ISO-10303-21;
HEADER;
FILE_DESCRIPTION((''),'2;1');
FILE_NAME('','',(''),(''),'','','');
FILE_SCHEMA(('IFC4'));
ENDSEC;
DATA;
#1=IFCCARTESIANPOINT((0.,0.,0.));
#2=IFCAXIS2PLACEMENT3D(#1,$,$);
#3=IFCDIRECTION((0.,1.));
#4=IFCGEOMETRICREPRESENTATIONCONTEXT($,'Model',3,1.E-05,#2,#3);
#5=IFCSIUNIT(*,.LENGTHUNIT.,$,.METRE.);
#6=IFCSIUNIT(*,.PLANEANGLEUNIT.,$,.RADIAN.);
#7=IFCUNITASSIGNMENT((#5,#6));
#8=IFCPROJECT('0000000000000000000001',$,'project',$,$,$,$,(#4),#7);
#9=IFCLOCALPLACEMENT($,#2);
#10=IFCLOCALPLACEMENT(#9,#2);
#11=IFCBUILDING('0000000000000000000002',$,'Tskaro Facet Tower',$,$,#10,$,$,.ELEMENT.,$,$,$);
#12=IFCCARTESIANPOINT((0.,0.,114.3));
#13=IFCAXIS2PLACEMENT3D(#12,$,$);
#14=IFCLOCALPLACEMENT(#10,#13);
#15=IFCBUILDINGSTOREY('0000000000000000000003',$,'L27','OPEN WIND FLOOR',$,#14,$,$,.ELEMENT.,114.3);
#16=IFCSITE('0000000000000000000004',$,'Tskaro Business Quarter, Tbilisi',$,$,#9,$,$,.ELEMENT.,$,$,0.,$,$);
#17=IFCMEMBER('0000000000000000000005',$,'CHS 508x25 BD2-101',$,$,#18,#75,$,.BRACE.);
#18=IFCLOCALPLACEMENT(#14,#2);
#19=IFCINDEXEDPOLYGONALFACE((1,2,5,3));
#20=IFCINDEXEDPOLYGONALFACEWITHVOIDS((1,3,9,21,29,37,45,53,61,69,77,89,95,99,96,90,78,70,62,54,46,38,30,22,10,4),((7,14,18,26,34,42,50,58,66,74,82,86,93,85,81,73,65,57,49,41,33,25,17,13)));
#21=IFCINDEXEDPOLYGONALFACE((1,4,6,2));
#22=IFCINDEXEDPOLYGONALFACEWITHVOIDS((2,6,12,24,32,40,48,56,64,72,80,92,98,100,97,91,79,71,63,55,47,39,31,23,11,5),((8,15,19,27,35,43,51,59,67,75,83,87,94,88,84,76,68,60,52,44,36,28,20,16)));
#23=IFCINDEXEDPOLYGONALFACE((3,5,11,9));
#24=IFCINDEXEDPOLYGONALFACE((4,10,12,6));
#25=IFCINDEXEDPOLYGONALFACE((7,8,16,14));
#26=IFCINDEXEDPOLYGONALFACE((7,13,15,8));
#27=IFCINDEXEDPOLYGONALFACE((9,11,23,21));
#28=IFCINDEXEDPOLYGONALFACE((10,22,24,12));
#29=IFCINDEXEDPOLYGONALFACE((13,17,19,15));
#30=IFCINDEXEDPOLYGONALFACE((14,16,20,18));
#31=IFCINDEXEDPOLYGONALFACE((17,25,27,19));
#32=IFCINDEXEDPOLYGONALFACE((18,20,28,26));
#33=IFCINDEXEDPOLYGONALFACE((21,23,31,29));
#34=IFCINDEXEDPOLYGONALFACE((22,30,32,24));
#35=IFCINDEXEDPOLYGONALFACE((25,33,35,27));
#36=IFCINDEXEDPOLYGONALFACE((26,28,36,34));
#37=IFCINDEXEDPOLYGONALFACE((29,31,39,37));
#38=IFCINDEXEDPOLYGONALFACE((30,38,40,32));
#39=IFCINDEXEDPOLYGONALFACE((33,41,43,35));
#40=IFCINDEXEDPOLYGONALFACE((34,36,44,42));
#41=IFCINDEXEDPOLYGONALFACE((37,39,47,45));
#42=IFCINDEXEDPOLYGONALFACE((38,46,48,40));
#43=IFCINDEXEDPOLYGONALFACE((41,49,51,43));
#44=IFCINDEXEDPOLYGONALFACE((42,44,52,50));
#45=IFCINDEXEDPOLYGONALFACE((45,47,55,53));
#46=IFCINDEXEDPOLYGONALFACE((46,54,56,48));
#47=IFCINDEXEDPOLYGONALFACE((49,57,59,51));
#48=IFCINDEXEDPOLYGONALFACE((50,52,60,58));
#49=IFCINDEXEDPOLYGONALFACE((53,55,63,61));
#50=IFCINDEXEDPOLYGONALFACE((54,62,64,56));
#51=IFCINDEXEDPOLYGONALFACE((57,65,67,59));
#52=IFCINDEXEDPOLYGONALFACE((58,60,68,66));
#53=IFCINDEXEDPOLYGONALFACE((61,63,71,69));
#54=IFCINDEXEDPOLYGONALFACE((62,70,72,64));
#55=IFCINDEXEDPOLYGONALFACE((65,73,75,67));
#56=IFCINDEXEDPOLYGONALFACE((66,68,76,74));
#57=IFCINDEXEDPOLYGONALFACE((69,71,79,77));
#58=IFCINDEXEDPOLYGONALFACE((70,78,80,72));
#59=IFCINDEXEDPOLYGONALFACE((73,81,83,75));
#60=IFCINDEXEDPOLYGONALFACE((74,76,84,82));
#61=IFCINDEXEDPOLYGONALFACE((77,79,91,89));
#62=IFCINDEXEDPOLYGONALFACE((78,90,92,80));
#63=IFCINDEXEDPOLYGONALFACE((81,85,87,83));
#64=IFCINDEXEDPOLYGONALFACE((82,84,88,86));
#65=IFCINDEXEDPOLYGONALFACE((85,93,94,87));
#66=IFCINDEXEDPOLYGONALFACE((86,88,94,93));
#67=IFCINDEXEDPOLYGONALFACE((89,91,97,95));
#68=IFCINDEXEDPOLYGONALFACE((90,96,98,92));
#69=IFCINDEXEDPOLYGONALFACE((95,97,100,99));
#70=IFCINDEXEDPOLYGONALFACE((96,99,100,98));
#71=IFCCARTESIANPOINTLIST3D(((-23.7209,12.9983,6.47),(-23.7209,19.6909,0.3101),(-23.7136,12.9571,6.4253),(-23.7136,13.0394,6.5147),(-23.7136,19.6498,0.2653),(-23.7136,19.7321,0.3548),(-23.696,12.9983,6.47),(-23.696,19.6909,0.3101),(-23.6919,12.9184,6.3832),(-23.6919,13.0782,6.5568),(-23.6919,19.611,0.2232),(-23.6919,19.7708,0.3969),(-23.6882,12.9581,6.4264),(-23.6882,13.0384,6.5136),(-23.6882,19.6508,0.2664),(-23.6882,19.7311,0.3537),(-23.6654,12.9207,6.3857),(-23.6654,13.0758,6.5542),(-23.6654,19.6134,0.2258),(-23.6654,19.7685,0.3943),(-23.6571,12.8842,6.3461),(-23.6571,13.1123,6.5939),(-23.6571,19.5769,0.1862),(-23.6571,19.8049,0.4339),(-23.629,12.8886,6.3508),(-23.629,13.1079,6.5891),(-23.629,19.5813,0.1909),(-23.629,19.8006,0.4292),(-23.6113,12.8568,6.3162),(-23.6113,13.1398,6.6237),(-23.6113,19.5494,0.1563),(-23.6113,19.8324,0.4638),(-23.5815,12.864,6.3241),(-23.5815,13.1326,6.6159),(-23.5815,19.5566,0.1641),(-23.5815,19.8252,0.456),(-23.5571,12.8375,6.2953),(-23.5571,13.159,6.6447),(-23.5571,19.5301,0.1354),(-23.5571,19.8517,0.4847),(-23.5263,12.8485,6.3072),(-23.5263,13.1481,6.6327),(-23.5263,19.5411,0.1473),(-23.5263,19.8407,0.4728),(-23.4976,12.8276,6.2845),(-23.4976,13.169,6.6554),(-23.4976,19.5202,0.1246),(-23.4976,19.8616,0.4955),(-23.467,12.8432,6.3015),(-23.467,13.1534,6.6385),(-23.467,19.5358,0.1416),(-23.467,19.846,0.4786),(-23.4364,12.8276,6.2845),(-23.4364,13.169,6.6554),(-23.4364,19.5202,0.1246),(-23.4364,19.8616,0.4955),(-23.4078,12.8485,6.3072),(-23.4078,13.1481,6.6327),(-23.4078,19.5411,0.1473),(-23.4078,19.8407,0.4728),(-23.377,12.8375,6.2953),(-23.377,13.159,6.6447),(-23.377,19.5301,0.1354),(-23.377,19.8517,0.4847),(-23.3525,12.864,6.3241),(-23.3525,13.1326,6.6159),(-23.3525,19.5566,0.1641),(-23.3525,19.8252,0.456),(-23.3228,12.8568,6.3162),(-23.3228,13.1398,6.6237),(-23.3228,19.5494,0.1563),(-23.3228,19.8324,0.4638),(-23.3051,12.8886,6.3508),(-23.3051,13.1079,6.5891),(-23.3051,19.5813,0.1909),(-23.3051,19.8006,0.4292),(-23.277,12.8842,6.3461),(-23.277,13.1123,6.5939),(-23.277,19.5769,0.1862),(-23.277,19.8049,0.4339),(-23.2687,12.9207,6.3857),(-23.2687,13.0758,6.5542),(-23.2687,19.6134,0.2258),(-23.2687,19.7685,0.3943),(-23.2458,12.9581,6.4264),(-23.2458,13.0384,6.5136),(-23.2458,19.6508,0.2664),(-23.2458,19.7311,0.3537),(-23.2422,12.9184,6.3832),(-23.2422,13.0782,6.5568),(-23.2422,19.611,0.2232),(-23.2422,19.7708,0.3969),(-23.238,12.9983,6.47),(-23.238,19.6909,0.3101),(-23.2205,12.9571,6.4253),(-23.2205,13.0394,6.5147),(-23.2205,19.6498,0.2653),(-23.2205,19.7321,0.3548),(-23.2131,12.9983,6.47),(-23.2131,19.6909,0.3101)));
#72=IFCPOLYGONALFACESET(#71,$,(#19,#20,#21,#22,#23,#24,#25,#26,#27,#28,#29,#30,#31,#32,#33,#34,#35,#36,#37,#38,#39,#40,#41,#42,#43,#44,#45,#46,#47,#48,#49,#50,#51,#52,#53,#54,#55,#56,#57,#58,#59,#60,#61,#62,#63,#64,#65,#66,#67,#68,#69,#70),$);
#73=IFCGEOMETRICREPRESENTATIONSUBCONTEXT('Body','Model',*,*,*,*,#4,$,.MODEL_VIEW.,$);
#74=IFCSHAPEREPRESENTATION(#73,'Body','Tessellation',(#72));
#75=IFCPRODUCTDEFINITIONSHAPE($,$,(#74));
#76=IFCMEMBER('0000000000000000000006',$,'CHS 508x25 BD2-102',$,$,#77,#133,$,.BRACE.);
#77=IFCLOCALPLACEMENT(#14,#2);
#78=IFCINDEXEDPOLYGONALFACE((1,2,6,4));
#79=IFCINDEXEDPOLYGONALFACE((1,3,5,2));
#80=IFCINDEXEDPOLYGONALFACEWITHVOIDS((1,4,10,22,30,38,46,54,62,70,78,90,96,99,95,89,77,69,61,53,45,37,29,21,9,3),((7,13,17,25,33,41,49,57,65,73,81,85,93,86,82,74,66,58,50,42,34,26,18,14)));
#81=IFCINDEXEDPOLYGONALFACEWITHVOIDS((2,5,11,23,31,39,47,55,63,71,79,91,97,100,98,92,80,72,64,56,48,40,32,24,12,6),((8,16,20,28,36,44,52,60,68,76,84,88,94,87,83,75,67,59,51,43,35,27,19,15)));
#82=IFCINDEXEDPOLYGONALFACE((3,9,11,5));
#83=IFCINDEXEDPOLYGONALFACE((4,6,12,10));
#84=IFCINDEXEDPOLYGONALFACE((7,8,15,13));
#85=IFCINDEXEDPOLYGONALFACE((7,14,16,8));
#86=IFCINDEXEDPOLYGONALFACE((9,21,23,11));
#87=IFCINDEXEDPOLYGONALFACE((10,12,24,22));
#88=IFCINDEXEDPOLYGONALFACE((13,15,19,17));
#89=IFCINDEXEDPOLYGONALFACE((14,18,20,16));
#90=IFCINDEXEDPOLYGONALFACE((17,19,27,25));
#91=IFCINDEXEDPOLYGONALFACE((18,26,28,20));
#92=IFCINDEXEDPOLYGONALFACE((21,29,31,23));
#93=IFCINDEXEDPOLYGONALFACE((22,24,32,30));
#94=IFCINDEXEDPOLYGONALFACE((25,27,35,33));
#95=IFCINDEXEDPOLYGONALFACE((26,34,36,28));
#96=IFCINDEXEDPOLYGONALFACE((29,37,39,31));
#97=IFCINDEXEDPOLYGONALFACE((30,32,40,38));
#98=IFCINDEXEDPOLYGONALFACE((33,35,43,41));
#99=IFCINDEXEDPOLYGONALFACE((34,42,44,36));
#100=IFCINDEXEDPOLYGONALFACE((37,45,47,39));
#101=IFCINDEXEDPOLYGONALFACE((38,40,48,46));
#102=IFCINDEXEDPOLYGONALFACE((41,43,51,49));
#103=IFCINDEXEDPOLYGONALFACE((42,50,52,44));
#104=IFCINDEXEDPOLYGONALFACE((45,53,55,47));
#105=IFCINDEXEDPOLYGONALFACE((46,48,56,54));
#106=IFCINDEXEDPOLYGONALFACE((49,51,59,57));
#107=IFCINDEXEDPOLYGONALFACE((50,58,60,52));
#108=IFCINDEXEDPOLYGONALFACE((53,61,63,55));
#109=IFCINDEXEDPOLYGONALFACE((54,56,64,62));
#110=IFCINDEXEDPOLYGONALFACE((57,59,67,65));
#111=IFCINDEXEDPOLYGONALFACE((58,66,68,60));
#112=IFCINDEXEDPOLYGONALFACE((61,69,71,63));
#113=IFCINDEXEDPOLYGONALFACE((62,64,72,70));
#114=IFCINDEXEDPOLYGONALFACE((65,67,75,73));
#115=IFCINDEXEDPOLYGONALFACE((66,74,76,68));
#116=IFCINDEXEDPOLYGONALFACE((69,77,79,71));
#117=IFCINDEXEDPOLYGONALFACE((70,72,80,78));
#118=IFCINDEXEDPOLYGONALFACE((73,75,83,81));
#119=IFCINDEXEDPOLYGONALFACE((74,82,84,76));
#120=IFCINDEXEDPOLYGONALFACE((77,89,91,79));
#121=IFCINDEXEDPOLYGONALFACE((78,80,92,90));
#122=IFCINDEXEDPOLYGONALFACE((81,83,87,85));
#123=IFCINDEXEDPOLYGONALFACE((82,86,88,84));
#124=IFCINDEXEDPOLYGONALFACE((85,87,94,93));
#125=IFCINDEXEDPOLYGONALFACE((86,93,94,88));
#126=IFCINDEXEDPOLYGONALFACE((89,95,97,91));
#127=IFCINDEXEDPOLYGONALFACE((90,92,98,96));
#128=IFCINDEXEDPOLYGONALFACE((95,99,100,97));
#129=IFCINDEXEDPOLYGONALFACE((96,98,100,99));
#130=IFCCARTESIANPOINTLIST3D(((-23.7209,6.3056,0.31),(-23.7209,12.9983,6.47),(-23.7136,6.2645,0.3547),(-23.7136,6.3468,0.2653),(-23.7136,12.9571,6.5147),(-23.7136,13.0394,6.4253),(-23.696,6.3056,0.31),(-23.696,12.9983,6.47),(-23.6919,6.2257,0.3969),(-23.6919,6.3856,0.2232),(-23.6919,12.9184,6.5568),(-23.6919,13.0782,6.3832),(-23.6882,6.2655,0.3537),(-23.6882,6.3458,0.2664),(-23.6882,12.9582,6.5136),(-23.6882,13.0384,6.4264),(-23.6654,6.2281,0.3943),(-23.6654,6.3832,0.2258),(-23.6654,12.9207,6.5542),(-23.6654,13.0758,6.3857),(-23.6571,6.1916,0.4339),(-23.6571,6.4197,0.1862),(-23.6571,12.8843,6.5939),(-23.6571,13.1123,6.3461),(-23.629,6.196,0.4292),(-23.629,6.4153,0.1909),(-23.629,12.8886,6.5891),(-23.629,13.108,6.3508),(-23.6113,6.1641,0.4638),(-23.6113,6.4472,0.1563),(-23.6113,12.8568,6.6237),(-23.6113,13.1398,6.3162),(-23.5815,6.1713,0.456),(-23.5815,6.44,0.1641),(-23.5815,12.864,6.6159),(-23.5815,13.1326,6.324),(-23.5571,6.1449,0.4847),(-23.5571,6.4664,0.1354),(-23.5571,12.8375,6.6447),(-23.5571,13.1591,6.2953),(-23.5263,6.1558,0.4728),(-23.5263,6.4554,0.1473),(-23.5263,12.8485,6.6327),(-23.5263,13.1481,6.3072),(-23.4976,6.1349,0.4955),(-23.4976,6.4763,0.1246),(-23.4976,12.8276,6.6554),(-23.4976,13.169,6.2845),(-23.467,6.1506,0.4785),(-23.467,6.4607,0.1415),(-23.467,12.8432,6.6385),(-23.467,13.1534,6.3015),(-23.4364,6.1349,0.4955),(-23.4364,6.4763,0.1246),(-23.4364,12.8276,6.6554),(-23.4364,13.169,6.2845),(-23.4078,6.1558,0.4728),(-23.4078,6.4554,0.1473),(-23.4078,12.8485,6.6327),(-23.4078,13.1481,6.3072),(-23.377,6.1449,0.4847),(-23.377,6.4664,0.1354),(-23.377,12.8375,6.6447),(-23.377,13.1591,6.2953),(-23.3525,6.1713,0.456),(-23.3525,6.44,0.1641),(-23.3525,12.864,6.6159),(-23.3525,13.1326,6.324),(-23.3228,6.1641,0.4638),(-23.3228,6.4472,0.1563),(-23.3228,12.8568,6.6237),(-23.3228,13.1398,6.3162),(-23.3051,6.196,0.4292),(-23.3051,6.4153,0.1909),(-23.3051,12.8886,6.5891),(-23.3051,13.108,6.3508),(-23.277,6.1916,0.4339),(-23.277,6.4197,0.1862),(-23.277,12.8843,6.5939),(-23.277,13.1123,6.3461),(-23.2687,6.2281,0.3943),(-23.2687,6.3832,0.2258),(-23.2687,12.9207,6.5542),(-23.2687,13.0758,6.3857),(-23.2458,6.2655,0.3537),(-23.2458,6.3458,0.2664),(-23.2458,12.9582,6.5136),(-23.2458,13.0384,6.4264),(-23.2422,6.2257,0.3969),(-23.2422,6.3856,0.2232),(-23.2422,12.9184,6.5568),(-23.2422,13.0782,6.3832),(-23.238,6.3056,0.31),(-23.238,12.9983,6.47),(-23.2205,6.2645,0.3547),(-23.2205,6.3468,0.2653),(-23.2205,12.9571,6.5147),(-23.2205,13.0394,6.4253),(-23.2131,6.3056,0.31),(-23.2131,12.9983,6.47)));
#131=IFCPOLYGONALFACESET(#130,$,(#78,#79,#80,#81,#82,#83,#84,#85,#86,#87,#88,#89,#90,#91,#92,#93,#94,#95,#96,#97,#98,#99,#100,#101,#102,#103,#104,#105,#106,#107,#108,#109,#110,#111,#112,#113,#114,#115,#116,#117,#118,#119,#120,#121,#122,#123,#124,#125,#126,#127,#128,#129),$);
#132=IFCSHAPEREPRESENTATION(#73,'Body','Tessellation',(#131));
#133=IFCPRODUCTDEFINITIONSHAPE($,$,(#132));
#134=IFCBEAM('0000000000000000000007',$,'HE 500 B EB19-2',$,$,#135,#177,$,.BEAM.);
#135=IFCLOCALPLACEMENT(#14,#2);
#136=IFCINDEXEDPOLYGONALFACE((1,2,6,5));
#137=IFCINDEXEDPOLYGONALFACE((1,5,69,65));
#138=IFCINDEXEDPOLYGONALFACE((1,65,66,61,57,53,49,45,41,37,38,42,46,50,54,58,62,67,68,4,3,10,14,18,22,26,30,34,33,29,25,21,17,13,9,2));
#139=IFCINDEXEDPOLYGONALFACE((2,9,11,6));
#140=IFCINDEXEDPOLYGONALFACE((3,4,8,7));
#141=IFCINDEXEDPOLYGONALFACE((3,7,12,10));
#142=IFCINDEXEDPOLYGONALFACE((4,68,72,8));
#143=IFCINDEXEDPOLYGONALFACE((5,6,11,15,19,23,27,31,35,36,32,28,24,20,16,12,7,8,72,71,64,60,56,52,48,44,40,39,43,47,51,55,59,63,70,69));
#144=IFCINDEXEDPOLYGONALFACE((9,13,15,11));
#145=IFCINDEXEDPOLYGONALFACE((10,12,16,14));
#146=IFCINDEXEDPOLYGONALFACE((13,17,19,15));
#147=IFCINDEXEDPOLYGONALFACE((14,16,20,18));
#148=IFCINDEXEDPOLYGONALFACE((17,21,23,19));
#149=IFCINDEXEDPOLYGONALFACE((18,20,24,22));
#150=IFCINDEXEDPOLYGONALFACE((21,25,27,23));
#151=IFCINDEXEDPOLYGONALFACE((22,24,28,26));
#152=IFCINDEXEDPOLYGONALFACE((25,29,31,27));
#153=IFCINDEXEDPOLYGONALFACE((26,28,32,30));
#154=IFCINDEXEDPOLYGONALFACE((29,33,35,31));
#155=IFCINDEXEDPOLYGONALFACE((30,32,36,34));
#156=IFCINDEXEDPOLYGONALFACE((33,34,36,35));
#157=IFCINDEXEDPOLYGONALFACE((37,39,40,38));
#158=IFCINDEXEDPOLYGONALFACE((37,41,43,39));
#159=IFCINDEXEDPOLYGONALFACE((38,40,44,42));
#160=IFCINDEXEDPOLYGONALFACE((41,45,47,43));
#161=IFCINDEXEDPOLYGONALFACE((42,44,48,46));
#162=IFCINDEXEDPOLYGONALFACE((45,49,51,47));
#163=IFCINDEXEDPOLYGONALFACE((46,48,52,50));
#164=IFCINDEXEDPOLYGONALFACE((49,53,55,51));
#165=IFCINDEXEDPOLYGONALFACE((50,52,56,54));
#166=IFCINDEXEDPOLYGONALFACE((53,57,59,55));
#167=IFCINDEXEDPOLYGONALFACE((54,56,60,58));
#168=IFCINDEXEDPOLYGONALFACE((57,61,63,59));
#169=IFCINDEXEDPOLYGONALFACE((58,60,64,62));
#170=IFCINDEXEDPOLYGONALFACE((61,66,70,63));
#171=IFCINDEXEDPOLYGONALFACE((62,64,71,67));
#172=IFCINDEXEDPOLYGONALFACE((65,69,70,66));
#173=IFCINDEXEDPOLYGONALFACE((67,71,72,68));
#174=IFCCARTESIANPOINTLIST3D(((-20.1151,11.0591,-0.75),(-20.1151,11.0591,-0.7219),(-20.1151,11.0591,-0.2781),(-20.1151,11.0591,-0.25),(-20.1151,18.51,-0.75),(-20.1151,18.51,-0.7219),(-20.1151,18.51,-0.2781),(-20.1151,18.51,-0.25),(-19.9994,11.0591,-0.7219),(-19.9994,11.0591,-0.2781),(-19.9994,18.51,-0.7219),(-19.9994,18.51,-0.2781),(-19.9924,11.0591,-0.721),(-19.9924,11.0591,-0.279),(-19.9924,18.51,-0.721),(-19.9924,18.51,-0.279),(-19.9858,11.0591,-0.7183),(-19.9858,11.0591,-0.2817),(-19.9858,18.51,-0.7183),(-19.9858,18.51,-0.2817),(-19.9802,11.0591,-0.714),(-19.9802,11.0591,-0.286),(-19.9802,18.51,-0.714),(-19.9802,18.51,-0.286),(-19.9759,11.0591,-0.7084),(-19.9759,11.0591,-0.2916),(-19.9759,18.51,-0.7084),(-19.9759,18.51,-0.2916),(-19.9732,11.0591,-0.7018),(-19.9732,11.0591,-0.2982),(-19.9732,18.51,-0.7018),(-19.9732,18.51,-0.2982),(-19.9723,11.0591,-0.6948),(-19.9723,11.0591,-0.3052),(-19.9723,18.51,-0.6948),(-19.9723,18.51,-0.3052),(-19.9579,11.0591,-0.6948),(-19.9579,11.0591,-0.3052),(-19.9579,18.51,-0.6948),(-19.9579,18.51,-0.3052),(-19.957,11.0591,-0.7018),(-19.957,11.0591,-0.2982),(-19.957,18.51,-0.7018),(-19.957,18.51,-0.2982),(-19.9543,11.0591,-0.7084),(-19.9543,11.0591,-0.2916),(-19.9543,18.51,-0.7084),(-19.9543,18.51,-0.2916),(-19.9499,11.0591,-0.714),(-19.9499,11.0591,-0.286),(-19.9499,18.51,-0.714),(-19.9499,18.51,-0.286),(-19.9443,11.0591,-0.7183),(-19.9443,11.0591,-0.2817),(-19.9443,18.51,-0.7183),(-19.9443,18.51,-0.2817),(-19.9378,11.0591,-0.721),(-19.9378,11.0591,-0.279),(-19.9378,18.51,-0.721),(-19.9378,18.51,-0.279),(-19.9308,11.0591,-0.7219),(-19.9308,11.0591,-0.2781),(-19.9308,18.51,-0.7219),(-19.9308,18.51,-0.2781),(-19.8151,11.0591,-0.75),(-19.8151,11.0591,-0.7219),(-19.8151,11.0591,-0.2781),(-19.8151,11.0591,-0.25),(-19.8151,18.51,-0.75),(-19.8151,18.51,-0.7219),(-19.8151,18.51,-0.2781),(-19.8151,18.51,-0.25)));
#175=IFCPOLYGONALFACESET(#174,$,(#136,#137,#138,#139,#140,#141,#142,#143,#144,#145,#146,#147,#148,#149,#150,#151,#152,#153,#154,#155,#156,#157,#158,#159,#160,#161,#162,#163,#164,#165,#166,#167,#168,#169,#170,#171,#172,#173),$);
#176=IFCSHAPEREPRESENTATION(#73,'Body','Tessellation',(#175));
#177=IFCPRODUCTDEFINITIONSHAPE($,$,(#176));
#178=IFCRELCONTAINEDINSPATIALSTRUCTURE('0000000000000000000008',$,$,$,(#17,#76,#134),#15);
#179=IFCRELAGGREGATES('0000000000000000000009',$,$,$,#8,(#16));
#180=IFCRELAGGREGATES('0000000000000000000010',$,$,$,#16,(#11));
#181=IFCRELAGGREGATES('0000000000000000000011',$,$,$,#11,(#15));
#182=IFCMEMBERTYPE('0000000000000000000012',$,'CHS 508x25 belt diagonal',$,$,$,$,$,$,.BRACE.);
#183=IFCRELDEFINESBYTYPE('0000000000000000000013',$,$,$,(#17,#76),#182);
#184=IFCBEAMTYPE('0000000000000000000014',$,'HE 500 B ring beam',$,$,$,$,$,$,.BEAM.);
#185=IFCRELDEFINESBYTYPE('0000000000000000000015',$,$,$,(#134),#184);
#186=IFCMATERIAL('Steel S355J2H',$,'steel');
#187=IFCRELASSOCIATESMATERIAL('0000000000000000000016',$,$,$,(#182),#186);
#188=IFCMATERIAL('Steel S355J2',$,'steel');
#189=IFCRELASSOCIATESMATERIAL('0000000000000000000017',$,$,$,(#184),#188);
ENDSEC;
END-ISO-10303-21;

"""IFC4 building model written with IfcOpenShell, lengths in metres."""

from ifc_helpers import new_model, si_unit, direction, frame, origin, origin_2d, place, context, subcontext, project, spatial, hollow_circle, i_section, extrude, material, material_profile, profile_set, type_object, element, save


model = new_model("IFC4")

# Units and contexts
model_context = context("Model", 3, precision=1e-05, world=origin(), true_north=direction((0.0, 1.0)))
body_context = subcontext(model_context, "Body", "Model", "MODEL_VIEW")
ifc_project = project(units=[si_unit("LENGTHUNIT", "METRE"), si_unit("PLANEANGLEUNIT", "RADIAN")], contexts=[model_context])

# Site, building, storey
site_placement = place(None, origin())
site = spatial("IfcSite", under=ifc_project, at=site_placement, Name="Tskaro Business Quarter, Tbilisi", CompositionType="ELEMENT", RefElevation=0.0)
building_placement = place(site_placement, origin())
building = spatial("IfcBuilding", under=site, at=building_placement, Name="Tskaro Facet Tower", CompositionType="ELEMENT")
storey_placement = place(building_placement, frame((0.0, 0.0, 114.3)))
storey = spatial("IfcBuildingStorey", under=building, at=storey_placement, Name="L27", Description="OPEN WIND FLOOR", CompositionType="ELEMENT", Elevation=114.3)

# Shared definitions
ifc_material_1 = material(Name="Steel S355J2H", Category="steel")

# Shared definitions
ifc_material_2 = material(Name="Steel S355J2", Category="steel")

# Members
ifc_material_profile_1 = material_profile(ifc_material_1, hollow_circle(Radius=0.2539, WallThickness=0.0249, at=origin_2d()), Name="CHS 508x25")
ifc_profile_set_1 = profile_set([ifc_material_profile_1], Name="Steel S355J2H")
member_type_1 = type_object("IfcMemberType", Name="CHS 508x25 belt diagonal", PredefinedType="BRACE", material=ifc_profile_set_1)
for number, where, z_axis, x_axis, name in (
    (1, (-23.467, 19.6909, 0.3101), (0.0, -0.735783, 0.677217), (1.0, 0.0, 0.0), "CHS 508x25 BD2-101"),
    (2, (-23.467, 12.9983, 6.47), (0.0, -0.735783, -0.677217), (1.0, 0.0, 0.0), "CHS 508x25 BD2-102"),
):
    element("IfcMember", number, at=place(storey_placement, frame(where, z_axis=z_axis, x_axis=x_axis)), inside=storey, type_object=member_type_1, Name=name, PredefinedType="BRACE", context=body_context, shape_type="SweptSolid", body=[
        extrude(hollow_circle(Radius=0.2539, WallThickness=0.0249, at=origin_2d()), origin(), (0.0, 0.0, 1.0), 9.0959),
    ])

# Beam
ifc_material_profile_2 = material_profile(ifc_material_2, i_section(OverallWidth=0.3, OverallDepth=0.5, WebThickness=0.0144, FlangeThickness=0.0281, FilletRadius=0.0271, at=origin_2d()), Name="HE 500 B")
ifc_profile_set_2 = profile_set([ifc_material_profile_2], Name="Steel S355J2")
beam_type_1 = type_object("IfcBeamType", Name="HE 500 B ring beam", PredefinedType="BEAM", material=ifc_profile_set_2)
for number, where, z_axis, x_axis, name in (
    (3, (-19.9651, 18.51, -0.5), (0.0, -1.0, 0.0), (1.0, 0.0, 0.0), "HE 500 B EB19-2"),
):
    element("IfcBeam", number, at=place(storey_placement, frame(where, z_axis=z_axis, x_axis=x_axis)), inside=storey, type_object=beam_type_1, Name=name, PredefinedType="BEAM", context=body_context, shape_type="SweptSolid", body=[
        extrude(i_section(OverallWidth=0.3, OverallDepth=0.5, WebThickness=0.0144, FlangeThickness=0.0281, FilletRadius=0.0271, at=origin_2d()), origin(), (0.0, 0.0, 1.0), 7.4509),
    ])

save(model, "model.ifc")
